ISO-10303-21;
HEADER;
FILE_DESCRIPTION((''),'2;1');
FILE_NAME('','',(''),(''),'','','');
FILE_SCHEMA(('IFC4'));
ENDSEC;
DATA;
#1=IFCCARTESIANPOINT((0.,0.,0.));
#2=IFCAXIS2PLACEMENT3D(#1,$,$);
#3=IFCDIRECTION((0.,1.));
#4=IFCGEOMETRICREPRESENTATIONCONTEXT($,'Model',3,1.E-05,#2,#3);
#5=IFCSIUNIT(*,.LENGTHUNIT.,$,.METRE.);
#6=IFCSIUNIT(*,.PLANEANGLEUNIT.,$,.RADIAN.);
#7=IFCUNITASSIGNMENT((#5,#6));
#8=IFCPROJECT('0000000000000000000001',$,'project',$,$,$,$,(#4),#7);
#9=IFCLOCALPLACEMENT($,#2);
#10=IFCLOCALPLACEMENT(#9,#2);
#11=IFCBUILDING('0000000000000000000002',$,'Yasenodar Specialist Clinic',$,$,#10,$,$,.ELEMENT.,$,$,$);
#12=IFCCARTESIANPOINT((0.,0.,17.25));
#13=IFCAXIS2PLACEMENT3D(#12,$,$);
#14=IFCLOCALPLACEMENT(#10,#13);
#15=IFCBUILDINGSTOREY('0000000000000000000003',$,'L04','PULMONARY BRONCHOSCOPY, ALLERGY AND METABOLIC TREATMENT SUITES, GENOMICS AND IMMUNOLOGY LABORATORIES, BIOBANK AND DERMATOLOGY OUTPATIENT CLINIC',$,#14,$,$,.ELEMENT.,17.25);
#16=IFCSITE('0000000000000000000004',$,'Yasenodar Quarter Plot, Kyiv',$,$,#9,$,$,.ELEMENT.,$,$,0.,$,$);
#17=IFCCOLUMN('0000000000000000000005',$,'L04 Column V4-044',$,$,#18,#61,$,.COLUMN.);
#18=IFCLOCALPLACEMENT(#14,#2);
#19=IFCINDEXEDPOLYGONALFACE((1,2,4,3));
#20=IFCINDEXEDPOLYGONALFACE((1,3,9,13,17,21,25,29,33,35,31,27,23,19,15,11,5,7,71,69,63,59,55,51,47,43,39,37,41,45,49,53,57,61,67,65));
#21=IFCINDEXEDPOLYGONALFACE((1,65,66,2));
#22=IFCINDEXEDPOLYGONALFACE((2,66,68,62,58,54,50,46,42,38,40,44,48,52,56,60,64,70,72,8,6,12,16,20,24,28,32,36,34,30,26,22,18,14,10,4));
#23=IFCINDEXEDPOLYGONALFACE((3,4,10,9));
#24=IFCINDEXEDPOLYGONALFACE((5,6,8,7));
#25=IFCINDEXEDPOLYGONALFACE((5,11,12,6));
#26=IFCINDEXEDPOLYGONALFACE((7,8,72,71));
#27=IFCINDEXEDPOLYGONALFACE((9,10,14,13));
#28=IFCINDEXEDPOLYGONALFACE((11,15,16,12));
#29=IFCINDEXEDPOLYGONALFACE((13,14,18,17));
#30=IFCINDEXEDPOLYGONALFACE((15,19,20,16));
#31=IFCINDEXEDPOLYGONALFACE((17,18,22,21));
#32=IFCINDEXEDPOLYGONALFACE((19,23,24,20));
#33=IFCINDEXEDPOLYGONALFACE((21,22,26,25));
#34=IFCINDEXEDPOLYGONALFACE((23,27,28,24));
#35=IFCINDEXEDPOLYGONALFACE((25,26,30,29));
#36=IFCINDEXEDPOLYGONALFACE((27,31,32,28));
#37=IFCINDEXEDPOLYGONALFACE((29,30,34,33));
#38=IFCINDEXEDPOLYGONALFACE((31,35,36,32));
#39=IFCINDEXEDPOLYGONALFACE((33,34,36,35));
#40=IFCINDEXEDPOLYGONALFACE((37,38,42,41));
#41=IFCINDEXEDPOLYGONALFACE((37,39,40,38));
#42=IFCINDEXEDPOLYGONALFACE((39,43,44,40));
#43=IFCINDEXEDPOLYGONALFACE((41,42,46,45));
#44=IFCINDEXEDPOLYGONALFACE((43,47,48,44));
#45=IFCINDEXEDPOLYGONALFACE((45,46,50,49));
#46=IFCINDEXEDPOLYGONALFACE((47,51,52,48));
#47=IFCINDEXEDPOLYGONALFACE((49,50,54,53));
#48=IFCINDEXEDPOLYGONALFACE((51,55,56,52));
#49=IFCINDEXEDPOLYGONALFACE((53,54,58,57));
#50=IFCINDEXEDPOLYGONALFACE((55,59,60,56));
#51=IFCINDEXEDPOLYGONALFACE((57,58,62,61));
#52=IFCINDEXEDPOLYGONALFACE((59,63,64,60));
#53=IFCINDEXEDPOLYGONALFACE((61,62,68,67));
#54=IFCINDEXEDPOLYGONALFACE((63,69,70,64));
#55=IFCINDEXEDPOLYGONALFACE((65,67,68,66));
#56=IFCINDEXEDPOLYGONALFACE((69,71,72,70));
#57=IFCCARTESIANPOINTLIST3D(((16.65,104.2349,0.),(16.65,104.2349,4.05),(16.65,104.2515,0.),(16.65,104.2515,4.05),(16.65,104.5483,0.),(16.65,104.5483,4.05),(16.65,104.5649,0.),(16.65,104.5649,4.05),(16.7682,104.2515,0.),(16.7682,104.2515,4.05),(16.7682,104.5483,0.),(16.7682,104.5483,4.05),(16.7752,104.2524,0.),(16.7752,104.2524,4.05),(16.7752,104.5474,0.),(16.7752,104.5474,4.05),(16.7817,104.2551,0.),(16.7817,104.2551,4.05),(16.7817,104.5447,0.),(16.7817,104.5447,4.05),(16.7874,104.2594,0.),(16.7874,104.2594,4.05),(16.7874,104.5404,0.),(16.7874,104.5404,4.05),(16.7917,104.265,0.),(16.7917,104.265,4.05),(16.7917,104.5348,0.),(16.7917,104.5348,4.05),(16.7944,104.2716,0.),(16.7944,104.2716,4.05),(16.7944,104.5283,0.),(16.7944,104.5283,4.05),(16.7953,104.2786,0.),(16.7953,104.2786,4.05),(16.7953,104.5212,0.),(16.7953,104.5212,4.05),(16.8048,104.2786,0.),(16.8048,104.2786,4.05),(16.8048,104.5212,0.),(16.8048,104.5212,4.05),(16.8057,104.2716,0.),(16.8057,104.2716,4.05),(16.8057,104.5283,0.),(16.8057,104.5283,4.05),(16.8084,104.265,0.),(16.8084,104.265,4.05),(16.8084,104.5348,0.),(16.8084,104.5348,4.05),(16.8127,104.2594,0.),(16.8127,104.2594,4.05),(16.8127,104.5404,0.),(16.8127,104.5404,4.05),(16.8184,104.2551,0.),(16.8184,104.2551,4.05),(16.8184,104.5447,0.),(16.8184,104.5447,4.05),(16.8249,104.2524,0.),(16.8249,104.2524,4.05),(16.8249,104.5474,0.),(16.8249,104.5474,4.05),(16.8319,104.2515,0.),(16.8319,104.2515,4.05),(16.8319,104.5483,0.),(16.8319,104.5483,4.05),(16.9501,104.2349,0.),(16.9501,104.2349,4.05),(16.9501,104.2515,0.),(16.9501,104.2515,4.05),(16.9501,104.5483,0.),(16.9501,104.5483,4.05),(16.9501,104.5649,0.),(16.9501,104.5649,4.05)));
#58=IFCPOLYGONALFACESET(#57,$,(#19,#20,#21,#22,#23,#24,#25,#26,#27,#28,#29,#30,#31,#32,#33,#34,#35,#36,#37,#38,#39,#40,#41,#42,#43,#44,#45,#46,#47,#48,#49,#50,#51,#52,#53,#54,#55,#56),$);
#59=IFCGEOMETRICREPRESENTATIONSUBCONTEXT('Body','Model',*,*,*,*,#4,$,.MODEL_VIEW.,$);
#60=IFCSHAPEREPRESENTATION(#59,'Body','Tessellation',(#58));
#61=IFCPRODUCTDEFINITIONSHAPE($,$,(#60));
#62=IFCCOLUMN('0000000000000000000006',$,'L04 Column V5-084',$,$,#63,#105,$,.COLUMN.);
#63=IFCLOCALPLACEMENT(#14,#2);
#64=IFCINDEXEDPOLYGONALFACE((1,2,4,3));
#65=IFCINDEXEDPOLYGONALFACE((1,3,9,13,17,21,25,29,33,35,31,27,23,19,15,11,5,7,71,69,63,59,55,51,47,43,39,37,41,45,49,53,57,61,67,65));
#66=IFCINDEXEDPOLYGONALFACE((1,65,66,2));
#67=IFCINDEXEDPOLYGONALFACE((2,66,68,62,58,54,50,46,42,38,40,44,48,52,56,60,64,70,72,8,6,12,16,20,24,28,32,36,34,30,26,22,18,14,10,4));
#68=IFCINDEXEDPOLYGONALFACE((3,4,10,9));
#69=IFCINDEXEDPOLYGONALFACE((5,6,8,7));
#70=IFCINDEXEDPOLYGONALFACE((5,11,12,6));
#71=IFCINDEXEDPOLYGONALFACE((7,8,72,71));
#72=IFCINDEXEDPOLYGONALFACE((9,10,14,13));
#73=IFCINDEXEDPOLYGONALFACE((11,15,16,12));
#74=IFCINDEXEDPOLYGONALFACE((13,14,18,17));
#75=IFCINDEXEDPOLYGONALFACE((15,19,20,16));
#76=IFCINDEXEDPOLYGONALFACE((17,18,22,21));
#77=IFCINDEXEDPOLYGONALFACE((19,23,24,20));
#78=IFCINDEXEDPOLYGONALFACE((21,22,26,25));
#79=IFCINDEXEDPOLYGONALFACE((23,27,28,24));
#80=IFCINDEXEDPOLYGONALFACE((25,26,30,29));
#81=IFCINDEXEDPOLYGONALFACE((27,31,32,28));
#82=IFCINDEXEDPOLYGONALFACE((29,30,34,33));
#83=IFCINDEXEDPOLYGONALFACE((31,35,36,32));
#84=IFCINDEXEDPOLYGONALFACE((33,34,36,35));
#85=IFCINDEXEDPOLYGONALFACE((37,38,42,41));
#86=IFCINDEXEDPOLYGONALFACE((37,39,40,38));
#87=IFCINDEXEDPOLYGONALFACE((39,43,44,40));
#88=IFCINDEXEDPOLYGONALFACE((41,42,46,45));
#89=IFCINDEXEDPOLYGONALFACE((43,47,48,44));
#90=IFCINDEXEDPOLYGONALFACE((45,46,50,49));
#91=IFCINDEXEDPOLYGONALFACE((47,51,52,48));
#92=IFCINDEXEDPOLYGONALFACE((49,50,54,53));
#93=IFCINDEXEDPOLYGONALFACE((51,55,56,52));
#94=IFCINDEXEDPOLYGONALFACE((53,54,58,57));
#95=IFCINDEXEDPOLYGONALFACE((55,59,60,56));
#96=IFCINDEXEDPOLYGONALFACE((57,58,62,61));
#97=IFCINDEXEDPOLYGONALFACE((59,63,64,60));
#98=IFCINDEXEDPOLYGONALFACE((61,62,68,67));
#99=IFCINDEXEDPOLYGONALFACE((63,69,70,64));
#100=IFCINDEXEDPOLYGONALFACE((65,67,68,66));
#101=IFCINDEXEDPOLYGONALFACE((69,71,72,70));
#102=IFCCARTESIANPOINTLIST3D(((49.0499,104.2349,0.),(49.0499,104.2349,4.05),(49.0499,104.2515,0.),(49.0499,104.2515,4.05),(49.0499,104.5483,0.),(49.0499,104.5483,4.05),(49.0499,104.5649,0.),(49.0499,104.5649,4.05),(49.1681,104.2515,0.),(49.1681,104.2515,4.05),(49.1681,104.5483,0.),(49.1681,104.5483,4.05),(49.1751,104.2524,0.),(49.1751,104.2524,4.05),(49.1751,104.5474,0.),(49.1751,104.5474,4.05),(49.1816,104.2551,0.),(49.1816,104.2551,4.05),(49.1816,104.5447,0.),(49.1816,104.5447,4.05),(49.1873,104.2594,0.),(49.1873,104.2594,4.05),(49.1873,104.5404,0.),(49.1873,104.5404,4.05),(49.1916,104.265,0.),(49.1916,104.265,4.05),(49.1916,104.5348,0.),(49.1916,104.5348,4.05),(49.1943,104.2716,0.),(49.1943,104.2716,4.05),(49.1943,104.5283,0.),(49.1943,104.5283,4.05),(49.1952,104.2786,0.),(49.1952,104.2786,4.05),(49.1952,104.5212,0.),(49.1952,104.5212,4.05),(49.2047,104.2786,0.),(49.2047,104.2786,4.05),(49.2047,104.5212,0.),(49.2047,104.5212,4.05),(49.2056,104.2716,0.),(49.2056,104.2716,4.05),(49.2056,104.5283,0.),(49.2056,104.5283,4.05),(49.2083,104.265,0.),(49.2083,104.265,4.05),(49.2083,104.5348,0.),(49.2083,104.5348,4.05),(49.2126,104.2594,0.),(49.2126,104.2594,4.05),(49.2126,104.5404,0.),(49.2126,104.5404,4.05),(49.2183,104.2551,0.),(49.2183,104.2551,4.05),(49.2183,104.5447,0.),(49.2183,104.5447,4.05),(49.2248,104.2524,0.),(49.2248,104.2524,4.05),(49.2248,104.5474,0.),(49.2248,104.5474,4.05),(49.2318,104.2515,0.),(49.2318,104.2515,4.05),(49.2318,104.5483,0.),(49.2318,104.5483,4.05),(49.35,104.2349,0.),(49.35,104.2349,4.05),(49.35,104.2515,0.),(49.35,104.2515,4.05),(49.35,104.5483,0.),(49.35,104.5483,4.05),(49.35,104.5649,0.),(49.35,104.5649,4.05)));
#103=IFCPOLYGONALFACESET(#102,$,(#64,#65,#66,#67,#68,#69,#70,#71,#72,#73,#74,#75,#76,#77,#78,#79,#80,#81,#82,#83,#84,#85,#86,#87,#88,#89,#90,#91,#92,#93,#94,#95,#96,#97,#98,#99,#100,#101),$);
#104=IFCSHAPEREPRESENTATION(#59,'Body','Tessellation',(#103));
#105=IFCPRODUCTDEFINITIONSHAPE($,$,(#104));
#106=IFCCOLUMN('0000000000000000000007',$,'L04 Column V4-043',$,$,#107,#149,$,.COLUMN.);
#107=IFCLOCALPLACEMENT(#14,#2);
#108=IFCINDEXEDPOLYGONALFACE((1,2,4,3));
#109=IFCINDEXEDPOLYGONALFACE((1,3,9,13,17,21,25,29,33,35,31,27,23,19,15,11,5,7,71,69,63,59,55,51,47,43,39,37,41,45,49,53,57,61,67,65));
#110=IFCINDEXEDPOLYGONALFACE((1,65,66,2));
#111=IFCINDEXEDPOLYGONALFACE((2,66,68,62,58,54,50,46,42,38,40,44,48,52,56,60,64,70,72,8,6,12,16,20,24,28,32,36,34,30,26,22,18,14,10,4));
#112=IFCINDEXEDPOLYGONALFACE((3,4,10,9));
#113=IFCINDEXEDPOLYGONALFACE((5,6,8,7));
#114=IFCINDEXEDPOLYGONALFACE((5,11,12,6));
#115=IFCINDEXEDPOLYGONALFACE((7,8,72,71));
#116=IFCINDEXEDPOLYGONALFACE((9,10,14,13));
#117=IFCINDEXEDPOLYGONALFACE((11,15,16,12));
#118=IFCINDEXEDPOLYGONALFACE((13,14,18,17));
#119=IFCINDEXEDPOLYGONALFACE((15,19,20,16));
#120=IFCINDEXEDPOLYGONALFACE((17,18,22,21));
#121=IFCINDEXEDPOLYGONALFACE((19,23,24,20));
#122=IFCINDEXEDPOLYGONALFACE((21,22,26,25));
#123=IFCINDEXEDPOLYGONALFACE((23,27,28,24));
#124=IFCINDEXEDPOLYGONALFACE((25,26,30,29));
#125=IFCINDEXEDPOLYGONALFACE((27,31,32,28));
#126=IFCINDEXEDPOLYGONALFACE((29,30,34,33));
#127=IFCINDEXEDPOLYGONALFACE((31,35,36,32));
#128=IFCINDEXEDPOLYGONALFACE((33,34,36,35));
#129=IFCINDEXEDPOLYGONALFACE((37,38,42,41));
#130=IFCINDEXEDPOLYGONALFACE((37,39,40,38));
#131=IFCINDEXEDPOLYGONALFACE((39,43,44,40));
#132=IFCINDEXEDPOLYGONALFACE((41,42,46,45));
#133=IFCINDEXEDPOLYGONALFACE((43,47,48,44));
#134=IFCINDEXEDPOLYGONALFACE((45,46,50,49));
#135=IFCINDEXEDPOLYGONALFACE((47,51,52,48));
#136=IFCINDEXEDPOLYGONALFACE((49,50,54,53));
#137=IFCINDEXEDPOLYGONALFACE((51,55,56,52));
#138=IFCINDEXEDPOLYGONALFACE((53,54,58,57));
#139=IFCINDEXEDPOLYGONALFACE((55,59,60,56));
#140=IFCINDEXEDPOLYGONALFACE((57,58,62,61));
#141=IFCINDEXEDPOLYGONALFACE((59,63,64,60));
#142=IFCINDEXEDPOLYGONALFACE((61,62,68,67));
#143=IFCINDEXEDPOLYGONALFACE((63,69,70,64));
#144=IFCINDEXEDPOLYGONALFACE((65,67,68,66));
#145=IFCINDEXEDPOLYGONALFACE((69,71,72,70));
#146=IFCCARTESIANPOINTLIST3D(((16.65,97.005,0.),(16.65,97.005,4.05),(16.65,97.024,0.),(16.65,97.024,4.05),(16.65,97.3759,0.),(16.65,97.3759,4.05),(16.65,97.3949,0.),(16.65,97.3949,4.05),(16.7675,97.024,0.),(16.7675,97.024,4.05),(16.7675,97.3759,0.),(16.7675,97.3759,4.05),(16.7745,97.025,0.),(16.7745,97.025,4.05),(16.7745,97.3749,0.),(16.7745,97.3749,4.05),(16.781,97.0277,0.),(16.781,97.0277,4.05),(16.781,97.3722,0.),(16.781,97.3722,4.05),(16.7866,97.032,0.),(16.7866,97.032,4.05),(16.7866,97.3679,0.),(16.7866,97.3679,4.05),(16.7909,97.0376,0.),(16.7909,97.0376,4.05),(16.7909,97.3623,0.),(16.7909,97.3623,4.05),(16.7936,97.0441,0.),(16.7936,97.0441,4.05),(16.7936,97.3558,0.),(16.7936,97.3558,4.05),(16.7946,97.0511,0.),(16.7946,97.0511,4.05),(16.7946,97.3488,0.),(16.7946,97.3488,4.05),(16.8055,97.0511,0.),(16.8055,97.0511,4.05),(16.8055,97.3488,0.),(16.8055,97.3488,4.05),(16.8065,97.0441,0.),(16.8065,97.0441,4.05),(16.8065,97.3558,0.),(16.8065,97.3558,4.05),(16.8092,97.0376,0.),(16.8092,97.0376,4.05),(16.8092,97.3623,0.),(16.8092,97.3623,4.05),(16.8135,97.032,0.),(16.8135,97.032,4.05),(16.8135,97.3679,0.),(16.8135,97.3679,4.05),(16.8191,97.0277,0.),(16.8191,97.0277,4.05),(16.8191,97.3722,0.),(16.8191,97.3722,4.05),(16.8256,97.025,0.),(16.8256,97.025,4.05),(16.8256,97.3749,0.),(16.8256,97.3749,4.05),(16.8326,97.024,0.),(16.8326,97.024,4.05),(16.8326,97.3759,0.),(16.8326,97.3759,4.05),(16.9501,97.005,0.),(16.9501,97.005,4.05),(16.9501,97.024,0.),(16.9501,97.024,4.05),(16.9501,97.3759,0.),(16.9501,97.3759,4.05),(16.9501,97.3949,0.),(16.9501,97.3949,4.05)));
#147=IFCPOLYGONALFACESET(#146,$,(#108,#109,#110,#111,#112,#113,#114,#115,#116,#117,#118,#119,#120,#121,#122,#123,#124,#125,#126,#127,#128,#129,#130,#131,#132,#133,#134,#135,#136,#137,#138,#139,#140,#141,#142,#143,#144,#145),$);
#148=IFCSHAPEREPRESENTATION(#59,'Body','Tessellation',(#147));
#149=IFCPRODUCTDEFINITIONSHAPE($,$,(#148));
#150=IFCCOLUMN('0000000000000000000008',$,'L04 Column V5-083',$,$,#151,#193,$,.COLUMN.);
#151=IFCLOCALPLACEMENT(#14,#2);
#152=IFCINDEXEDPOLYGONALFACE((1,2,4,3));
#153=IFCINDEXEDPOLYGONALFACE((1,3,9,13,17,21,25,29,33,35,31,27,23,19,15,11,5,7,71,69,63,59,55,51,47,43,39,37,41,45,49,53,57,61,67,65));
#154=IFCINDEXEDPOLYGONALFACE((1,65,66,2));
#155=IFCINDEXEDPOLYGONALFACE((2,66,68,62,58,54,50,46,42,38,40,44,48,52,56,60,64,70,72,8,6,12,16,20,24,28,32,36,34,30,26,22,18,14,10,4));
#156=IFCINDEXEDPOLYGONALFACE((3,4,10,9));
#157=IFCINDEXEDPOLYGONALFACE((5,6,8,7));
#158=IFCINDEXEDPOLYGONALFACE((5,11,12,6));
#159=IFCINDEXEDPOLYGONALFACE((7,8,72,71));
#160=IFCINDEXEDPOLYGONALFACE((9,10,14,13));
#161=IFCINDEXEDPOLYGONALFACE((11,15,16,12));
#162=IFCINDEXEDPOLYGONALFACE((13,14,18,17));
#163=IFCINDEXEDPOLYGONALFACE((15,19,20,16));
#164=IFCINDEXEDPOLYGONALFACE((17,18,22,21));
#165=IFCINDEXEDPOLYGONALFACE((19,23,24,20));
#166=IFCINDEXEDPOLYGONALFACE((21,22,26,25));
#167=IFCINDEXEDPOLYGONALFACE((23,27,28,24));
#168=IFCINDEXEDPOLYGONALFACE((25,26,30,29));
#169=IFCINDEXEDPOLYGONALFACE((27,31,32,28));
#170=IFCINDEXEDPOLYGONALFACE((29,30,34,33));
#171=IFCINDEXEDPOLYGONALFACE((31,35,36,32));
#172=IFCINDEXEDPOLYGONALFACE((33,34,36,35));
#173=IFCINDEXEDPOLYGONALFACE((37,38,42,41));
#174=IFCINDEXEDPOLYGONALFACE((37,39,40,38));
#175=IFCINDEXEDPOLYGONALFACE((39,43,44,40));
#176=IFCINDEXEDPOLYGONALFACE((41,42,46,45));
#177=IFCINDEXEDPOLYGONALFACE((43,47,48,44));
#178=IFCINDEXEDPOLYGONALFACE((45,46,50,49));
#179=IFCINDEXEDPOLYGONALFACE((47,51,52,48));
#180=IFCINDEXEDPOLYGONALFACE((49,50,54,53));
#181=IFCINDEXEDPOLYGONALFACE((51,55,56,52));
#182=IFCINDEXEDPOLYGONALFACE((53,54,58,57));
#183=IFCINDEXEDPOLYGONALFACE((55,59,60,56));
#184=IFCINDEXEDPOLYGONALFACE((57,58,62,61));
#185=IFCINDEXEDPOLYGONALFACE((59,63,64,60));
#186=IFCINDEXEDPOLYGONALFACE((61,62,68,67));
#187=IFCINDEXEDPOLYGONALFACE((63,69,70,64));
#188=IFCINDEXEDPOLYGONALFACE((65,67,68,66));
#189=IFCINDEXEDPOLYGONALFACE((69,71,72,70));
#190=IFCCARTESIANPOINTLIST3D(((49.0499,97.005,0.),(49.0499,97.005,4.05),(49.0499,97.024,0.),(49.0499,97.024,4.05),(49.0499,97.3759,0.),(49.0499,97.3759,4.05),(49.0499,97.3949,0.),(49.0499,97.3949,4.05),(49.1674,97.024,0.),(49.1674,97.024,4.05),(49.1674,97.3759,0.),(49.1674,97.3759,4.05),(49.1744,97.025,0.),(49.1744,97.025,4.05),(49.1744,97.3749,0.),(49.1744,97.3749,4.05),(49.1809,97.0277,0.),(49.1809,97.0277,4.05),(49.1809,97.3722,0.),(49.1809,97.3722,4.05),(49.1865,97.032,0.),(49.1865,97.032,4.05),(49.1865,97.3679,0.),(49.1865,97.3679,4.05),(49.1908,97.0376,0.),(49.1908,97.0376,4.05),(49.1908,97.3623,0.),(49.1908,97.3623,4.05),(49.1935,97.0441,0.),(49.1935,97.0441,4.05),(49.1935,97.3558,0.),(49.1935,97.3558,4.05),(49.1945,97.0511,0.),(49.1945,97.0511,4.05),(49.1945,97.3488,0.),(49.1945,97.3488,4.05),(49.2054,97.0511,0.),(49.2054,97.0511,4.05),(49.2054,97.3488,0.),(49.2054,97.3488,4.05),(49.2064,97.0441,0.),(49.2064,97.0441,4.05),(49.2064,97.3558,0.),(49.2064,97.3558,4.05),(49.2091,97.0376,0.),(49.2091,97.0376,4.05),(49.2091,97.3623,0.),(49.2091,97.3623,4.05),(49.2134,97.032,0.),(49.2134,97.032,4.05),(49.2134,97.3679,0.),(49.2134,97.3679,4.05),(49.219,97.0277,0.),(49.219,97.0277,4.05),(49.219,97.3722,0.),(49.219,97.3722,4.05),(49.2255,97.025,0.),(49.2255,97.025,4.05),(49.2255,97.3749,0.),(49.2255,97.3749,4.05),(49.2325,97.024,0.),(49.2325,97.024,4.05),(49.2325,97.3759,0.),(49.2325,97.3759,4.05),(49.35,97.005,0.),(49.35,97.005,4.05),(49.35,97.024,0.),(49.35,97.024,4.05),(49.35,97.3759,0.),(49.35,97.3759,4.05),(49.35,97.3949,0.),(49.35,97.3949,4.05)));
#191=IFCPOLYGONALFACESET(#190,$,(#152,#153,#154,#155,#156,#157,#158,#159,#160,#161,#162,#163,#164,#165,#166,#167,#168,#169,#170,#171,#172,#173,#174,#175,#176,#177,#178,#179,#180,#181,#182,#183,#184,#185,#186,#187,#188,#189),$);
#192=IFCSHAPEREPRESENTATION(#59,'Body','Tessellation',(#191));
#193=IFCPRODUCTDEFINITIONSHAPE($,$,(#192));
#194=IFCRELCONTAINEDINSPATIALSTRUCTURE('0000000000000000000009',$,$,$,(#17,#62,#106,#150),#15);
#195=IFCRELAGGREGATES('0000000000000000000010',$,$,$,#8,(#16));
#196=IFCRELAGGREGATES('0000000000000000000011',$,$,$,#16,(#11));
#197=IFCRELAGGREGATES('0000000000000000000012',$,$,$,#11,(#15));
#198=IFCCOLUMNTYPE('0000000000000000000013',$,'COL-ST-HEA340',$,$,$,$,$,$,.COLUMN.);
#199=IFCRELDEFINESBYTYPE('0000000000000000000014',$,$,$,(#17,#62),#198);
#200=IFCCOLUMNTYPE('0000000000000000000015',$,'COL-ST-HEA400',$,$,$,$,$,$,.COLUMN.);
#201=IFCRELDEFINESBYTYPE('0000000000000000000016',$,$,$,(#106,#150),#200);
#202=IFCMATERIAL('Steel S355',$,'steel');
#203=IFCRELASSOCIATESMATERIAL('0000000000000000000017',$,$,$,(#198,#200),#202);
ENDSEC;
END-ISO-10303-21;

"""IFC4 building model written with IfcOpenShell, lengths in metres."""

from ifc_helpers import new_model, si_unit, direction, frame, origin, origin_2d, place, context, subcontext, project, spatial, i_section, extrude, material, material_profile, profile_set, type_object, element, save


model = new_model("IFC4")

# Units and contexts
model_context = context("Model", 3, precision=1e-05, world=origin(), true_north=direction((0.0, 1.0)))
body_context = subcontext(model_context, "Body", "Model", "MODEL_VIEW")
ifc_project = project(units=[si_unit("LENGTHUNIT", "METRE"), si_unit("PLANEANGLEUNIT", "RADIAN")], contexts=[model_context])

# Site, building, storey
site_placement = place(None, origin())
site = spatial("IfcSite", under=ifc_project, at=site_placement, Name="Yasenodar Quarter Plot, Kyiv", CompositionType="ELEMENT", RefElevation=0.0)
building_placement = place(site_placement, origin())
building = spatial("IfcBuilding", under=site, at=building_placement, Name="Yasenodar Specialist Clinic", CompositionType="ELEMENT")
storey_placement = place(building_placement, frame((0.0, 0.0, 17.25)))
storey = spatial("IfcBuildingStorey", under=building, at=storey_placement, Name="L04", Description="PULMONARY BRONCHOSCOPY, ALLERGY AND METABOLIC TREATMENT SUITES, GENOMICS AND IMMUNOLOGY LABORATORIES, BIOBANK AND DERMATOLOGY OUTPATIENT CLINIC", CompositionType="ELEMENT", Elevation=17.25)

# Columns
ifc_material_1 = material(Name="Steel S355", Category="steel")
ifc_material_profile_1 = material_profile(ifc_material_1, i_section(OverallWidth=0.3, OverallDepth=0.3301, WebThickness=0.0095, FlangeThickness=0.0166, FilletRadius=0.0271, at=origin_2d()), Name="HEA 340")
ifc_profile_set_1 = profile_set([ifc_material_profile_1], Name="Steel S355")
column_type_1 = type_object("IfcColumnType", Name="COL-ST-HEA340", PredefinedType="COLUMN", material=ifc_profile_set_1)
for number, where, z_axis, x_axis, name in (
    (1, (16.8, 104.3999, 0.0), (0.0, 0.0, 1.0), (1.0, 0.0, 0.0), "L04 Column V4-044"),
    (2, (49.2, 104.3999, 0.0), (0.0, 0.0, 1.0), (1.0, 0.0, 0.0), "L04 Column V5-084"),
):
    element("IfcColumn", number, at=place(storey_placement, frame(where, z_axis=z_axis, x_axis=x_axis)), inside=storey, type_object=column_type_1, Name=name, PredefinedType="COLUMN", context=body_context, shape_type="SweptSolid", body=[
        extrude(i_section(OverallWidth=0.3, OverallDepth=0.3301, WebThickness=0.0095, FlangeThickness=0.0166, FilletRadius=0.0271, at=origin_2d()), origin(), (0.0, 0.0, 1.0), 4.05),
    ])
ifc_material_profile_2 = material_profile(ifc_material_1, i_section(OverallWidth=0.3, OverallDepth=0.3899, WebThickness=0.011, FlangeThickness=0.019, FilletRadius=0.0271, at=origin_2d()), Name="HEA 400")
ifc_profile_set_2 = profile_set([ifc_material_profile_2], Name="Steel S355")
column_type_2 = type_object("IfcColumnType", Name="COL-ST-HEA400", PredefinedType="COLUMN", material=ifc_profile_set_2)
for number, where, z_axis, x_axis, name in (
    (3, (16.8, 97.2, 0.0), (0.0, 0.0, 1.0), (1.0, 0.0, 0.0), "L04 Column V4-043"),
    (4, (49.2, 97.2, 0.0), (0.0, 0.0, 1.0), (1.0, 0.0, 0.0), "L04 Column V5-083"),
):
    element("IfcColumn", number, at=place(storey_placement, frame(where, z_axis=z_axis, x_axis=x_axis)), inside=storey, type_object=column_type_2, Name=name, PredefinedType="COLUMN", context=body_context, shape_type="SweptSolid", body=[
        extrude(i_section(OverallWidth=0.3, OverallDepth=0.3899, WebThickness=0.011, FlangeThickness=0.019, FilletRadius=0.0271, at=origin_2d()), origin(), (0.0, 0.0, 1.0), 4.05),
    ])

save(model, "model.ifc")
